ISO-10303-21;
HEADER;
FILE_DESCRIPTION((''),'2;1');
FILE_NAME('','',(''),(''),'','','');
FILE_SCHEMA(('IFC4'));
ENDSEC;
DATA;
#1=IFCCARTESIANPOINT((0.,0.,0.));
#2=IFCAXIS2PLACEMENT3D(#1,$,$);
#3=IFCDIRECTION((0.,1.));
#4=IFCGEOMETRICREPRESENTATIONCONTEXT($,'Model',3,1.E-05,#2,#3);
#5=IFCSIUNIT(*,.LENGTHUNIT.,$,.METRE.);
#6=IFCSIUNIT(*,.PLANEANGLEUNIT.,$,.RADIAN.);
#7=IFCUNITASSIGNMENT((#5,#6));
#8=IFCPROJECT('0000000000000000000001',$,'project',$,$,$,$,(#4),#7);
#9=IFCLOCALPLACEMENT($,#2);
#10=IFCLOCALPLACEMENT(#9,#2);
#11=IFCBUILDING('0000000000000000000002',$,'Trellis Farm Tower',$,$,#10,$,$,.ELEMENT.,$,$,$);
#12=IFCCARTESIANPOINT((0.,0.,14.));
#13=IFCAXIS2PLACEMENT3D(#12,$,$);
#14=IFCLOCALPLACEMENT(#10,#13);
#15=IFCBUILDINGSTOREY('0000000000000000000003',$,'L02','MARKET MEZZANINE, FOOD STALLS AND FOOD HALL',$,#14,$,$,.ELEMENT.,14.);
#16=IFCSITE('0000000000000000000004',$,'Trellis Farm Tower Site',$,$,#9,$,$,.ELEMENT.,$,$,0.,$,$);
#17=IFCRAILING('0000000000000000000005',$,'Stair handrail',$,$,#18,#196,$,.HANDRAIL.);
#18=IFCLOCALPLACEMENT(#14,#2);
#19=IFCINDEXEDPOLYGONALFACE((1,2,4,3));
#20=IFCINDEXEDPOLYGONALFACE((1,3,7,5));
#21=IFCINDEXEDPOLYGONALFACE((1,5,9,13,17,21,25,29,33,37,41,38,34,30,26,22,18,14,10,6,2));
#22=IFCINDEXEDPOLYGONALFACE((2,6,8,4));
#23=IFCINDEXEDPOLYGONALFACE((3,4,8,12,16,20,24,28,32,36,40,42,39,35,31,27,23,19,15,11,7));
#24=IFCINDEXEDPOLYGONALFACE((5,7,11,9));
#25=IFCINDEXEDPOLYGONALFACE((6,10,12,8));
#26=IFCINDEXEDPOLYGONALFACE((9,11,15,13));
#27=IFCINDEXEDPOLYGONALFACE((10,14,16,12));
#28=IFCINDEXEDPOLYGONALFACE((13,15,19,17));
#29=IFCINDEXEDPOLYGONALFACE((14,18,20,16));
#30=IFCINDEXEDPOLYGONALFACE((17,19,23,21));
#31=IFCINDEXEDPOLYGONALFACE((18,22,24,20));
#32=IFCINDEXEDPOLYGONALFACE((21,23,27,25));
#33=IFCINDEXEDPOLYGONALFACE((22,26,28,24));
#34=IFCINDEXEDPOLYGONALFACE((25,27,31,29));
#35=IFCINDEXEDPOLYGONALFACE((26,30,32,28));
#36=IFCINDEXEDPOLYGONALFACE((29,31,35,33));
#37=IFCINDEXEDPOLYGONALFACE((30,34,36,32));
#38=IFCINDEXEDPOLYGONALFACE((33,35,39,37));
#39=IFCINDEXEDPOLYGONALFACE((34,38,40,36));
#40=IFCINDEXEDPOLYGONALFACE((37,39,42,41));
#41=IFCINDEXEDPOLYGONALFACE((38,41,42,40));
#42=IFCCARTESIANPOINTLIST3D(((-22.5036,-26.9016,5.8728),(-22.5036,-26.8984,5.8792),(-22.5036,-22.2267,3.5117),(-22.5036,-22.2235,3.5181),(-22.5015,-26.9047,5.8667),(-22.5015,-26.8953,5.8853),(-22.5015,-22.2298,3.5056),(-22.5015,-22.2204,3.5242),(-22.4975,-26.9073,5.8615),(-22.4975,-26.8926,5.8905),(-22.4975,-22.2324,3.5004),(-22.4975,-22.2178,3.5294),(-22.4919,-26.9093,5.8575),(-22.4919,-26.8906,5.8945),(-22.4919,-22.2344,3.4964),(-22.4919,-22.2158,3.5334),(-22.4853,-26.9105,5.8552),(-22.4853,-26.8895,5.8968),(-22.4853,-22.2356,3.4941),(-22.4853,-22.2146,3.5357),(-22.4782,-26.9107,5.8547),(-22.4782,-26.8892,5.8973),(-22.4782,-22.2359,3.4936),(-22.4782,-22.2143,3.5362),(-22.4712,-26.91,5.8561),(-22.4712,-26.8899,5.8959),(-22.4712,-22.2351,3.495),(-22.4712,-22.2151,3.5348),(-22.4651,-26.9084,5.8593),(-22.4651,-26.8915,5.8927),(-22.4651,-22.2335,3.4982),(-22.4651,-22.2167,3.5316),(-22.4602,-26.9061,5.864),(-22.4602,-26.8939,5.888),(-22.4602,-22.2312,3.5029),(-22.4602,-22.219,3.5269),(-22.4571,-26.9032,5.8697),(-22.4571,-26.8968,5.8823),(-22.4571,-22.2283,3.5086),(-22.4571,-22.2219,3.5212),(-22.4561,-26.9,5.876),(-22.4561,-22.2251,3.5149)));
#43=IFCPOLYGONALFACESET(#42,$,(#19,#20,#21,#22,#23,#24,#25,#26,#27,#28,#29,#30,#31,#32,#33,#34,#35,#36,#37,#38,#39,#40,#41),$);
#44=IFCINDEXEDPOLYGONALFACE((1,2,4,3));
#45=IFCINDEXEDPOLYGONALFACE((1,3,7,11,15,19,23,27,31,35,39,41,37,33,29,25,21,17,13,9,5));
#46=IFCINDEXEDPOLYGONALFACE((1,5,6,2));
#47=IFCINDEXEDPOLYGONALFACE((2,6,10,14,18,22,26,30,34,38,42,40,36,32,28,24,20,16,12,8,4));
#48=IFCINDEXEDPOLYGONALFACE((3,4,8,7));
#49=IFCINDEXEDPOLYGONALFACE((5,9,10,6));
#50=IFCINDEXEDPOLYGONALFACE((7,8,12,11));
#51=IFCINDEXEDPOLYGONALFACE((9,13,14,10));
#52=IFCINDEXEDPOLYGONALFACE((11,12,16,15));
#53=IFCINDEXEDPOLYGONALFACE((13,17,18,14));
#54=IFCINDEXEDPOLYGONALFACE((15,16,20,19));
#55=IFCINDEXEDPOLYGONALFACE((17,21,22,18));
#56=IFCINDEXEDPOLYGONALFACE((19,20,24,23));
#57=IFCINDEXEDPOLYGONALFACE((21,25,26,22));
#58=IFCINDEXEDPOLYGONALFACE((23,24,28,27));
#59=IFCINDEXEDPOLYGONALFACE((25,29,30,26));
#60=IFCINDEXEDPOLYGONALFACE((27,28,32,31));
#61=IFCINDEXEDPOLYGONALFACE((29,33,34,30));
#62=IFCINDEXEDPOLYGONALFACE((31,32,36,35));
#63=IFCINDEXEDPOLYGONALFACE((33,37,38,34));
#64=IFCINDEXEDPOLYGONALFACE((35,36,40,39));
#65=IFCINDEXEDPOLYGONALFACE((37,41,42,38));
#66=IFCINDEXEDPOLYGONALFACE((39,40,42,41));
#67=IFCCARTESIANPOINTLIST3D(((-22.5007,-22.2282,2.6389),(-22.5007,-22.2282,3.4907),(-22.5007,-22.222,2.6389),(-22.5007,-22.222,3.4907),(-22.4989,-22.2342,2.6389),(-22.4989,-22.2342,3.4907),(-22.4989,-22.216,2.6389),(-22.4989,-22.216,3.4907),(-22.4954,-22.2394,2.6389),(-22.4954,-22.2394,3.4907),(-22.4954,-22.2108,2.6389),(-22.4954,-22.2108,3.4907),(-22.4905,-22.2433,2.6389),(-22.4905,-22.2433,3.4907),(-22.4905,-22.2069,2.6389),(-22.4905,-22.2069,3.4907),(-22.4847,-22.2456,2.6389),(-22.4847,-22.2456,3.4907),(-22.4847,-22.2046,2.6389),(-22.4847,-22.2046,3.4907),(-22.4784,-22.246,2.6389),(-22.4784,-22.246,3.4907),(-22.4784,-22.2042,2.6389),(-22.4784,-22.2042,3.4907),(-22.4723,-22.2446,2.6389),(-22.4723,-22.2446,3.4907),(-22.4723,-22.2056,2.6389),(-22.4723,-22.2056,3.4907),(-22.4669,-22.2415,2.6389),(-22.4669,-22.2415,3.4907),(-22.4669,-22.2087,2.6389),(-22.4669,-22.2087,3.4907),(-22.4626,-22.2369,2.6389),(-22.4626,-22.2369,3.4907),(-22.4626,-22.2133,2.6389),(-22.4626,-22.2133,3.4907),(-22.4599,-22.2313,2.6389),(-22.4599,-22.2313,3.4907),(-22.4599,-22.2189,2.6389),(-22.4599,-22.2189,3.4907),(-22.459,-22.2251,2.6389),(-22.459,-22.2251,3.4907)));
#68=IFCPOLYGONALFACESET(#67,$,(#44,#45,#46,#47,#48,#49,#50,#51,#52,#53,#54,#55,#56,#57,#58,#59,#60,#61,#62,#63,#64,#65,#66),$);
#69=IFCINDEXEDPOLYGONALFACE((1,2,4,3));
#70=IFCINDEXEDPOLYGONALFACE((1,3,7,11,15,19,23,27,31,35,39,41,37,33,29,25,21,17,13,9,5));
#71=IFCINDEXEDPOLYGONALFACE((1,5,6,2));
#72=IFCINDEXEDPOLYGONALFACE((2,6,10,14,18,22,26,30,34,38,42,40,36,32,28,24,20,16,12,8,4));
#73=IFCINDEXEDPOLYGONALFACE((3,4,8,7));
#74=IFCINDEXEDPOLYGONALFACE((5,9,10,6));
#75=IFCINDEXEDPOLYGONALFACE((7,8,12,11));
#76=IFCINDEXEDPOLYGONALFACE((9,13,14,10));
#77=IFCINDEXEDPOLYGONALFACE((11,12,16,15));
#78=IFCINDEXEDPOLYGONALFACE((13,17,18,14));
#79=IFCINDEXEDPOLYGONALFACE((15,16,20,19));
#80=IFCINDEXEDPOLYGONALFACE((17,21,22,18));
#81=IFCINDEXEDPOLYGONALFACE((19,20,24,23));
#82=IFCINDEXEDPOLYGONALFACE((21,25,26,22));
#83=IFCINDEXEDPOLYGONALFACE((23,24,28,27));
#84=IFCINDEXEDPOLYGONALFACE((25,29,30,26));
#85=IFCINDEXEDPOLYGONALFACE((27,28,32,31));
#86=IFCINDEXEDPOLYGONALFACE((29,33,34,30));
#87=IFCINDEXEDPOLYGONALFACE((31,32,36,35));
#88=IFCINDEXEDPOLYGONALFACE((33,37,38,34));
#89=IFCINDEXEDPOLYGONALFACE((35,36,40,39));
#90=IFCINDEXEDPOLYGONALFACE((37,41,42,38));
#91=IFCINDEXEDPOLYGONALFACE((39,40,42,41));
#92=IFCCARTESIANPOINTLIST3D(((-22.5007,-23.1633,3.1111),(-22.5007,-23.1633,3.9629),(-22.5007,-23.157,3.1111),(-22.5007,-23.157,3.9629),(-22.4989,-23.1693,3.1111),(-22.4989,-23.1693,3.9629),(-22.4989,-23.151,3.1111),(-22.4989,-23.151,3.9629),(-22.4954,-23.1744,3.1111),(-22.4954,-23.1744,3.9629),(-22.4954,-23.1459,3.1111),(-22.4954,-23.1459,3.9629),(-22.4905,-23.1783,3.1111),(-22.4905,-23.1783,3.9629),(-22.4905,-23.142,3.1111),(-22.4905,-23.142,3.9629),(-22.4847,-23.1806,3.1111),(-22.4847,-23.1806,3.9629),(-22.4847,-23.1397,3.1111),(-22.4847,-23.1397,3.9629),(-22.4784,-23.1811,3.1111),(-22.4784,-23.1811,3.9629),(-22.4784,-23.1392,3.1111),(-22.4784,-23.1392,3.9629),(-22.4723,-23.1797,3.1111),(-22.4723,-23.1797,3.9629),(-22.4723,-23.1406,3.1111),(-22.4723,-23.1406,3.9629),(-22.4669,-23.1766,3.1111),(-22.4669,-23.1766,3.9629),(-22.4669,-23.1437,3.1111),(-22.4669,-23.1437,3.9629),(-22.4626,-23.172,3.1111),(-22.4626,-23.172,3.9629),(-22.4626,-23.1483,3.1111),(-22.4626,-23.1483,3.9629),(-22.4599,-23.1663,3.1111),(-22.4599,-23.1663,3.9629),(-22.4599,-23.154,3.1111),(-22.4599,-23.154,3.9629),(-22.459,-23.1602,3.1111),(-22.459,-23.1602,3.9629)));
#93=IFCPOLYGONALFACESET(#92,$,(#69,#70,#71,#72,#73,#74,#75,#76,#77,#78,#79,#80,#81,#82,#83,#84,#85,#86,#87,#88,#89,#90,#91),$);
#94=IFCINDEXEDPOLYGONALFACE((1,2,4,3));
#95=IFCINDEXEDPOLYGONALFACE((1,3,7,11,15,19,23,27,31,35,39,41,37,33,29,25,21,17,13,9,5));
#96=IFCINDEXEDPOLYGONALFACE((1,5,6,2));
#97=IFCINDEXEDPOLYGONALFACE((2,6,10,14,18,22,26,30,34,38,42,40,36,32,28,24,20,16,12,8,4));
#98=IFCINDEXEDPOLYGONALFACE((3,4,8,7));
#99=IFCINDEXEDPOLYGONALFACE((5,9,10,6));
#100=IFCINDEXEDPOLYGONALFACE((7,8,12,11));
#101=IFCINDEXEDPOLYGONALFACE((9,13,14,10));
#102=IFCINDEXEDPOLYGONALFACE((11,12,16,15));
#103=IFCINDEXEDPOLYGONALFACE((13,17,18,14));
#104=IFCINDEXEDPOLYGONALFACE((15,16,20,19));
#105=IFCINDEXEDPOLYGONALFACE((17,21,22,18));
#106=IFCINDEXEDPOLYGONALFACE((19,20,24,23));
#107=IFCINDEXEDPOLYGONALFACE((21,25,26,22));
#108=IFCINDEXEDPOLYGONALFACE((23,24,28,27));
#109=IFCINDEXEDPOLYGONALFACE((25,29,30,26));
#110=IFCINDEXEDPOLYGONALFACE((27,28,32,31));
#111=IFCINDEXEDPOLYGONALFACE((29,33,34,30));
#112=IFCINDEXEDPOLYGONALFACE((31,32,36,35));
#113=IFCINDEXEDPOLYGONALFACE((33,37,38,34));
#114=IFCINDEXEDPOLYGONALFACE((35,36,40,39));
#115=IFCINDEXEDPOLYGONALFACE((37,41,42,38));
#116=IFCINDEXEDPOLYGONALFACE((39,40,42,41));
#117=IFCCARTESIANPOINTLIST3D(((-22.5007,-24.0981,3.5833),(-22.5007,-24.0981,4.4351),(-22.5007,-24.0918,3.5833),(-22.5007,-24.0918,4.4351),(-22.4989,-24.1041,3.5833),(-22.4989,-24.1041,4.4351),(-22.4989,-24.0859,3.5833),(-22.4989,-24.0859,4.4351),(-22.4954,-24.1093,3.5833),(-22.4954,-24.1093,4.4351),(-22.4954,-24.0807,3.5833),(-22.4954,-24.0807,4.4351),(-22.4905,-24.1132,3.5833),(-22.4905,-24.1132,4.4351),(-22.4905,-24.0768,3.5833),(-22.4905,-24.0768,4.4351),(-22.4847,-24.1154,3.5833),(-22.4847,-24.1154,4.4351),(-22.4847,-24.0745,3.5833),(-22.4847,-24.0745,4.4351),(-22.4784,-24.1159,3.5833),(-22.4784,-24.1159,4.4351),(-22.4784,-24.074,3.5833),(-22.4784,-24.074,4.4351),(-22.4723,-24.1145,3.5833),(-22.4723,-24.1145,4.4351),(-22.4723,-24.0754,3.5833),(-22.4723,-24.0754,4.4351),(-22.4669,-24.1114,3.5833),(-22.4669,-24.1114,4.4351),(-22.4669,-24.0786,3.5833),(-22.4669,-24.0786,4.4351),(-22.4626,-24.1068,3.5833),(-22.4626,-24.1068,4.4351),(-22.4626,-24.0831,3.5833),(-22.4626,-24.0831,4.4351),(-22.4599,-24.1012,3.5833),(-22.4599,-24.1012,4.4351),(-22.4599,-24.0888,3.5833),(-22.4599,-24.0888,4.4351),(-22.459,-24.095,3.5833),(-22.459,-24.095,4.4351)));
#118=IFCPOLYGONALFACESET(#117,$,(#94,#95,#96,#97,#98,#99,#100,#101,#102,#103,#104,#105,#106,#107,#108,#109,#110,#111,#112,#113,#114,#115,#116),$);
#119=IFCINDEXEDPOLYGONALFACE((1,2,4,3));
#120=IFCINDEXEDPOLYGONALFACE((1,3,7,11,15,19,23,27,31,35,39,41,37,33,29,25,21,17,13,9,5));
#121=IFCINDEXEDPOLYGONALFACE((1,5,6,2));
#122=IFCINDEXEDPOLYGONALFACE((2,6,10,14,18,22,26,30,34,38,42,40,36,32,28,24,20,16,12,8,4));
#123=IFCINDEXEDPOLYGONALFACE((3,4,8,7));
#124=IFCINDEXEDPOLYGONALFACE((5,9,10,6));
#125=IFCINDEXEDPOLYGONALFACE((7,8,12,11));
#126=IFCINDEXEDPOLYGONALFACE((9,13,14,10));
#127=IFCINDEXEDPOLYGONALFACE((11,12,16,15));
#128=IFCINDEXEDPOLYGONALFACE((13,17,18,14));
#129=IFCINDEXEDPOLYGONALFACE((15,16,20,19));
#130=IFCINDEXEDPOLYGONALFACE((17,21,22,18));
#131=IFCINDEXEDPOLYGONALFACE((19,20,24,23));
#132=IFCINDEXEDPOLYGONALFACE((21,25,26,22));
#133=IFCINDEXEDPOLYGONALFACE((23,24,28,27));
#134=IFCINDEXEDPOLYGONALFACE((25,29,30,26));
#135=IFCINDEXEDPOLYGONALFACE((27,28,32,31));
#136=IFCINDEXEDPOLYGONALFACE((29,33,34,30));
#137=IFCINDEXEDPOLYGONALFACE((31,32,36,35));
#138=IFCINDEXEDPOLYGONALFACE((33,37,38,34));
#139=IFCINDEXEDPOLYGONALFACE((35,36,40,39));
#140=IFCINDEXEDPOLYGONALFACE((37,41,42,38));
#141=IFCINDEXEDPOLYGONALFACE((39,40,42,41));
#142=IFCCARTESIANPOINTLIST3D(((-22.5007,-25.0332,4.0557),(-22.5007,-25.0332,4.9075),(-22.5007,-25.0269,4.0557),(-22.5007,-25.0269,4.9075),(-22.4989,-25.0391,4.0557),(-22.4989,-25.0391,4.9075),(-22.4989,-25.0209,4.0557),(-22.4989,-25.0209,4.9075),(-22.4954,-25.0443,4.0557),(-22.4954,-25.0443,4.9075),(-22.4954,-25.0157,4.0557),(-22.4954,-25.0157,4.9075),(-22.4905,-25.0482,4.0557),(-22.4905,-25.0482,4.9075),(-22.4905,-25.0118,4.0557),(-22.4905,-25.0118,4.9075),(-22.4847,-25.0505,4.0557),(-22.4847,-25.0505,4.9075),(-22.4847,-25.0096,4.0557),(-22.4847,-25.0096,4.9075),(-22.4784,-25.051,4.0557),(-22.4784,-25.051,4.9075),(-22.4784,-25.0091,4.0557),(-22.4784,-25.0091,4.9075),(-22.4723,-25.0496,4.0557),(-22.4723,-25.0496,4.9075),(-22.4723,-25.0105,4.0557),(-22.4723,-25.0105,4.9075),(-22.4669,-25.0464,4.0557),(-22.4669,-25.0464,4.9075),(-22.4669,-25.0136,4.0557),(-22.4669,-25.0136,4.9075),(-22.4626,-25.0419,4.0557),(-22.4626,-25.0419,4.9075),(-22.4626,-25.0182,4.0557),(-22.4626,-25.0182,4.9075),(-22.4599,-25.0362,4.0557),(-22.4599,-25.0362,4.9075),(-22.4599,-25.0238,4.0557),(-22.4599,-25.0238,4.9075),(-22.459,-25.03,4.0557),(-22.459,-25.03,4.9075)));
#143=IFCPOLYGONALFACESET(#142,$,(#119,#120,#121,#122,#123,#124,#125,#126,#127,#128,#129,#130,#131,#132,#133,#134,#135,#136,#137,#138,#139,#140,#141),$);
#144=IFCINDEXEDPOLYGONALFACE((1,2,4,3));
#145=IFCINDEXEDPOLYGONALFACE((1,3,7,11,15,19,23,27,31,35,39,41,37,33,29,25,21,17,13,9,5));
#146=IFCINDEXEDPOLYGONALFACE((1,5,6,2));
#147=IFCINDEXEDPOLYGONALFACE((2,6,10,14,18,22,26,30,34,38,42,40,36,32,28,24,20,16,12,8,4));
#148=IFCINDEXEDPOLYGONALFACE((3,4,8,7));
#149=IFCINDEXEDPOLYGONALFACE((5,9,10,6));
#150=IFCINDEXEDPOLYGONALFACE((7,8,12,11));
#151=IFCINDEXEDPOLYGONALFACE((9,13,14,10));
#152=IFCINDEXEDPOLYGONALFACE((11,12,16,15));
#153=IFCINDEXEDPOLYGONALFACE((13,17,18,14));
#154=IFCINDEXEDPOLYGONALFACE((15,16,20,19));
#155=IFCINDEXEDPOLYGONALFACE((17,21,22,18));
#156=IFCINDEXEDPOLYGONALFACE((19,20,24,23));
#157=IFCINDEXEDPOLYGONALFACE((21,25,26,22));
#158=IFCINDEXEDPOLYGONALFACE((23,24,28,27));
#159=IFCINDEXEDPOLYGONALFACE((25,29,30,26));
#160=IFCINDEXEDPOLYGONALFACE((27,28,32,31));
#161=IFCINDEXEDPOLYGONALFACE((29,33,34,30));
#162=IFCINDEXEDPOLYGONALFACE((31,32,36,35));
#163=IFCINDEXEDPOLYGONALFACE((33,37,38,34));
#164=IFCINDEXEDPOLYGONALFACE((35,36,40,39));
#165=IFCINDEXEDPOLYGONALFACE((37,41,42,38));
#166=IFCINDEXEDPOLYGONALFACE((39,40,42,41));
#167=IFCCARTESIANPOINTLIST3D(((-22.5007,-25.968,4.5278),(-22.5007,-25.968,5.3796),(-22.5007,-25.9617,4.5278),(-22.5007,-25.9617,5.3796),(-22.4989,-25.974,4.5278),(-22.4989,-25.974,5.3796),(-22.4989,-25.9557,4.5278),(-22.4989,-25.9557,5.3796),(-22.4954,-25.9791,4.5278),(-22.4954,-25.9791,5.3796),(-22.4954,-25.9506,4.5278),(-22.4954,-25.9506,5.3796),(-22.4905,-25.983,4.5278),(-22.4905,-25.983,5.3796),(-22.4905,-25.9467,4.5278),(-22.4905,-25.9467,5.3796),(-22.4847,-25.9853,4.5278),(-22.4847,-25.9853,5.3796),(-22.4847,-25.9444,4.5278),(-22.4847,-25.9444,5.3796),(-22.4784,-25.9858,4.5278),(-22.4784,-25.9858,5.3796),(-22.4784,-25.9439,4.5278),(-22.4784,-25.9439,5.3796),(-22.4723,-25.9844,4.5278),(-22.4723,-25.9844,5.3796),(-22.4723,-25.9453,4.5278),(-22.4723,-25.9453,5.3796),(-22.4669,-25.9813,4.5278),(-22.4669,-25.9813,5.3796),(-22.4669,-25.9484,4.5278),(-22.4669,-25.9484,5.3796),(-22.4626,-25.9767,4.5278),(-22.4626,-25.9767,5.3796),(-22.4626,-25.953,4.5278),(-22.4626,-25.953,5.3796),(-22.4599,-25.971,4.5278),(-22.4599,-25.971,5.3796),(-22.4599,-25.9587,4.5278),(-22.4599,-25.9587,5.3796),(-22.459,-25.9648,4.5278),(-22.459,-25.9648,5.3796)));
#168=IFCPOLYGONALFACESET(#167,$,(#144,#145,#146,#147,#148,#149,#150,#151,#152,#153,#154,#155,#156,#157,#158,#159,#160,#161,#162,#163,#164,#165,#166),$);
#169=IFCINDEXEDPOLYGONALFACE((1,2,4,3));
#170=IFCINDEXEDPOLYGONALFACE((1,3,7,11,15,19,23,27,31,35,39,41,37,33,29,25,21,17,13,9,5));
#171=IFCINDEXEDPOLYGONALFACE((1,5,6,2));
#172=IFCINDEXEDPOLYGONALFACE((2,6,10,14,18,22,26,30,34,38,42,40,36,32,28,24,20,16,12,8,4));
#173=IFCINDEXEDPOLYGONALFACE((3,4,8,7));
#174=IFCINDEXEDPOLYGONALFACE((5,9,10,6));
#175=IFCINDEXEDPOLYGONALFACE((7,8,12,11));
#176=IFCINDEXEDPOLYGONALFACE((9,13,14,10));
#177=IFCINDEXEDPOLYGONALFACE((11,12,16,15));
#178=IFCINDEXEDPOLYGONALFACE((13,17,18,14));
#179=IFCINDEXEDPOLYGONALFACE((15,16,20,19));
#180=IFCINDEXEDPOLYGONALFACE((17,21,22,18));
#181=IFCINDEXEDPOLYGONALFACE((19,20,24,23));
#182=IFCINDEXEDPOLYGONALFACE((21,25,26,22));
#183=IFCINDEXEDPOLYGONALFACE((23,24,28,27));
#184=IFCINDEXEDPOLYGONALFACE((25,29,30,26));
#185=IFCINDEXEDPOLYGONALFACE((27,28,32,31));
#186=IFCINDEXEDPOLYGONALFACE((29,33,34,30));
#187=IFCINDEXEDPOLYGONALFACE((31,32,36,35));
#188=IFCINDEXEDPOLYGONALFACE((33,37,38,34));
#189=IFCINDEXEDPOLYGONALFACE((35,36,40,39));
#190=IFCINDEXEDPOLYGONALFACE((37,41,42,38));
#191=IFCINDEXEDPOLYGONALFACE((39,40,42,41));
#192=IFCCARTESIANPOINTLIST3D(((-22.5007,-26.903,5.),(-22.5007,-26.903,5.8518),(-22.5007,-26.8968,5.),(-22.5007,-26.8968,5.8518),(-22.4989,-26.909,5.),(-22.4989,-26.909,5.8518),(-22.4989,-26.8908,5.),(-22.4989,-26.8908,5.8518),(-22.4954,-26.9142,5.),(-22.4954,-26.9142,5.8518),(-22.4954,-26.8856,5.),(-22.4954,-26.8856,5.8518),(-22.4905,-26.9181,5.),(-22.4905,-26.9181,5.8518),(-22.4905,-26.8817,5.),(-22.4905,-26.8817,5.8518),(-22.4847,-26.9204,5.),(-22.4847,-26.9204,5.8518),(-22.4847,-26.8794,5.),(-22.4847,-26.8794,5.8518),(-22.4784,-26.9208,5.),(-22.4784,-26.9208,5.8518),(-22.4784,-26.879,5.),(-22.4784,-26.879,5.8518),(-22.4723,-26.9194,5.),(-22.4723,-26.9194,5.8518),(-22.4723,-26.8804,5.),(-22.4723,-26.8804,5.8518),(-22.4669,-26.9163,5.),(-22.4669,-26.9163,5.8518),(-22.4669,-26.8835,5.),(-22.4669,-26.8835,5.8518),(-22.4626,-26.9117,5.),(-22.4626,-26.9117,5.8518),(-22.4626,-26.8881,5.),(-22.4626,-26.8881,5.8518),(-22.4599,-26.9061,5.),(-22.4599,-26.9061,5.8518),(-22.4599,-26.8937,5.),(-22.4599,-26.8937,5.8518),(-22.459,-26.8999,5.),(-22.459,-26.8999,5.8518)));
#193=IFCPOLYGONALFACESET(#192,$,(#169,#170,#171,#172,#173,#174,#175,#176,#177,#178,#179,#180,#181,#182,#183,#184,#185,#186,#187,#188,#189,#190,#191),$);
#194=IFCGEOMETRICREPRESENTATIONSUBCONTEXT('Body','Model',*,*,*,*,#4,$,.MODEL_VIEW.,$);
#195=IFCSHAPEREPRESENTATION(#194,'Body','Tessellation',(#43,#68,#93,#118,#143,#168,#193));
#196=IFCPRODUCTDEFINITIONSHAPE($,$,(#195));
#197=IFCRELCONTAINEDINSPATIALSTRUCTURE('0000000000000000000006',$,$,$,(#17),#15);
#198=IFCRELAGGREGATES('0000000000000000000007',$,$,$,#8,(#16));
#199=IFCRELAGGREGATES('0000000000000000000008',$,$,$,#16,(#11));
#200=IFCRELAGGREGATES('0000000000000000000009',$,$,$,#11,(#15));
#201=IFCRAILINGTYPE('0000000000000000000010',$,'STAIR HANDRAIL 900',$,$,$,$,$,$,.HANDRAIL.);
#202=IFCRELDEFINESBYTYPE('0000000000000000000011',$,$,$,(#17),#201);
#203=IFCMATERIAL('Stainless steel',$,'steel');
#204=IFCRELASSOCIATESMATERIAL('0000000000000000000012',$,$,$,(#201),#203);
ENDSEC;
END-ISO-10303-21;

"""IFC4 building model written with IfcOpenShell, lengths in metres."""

from ifc_helpers import new_model, si_unit, direction, frame, origin, origin_2d, place, context, subcontext, project, spatial, circle, extrude, source, transform, mapped, material, type_object, element, save


model = new_model("IFC4")

# Units and contexts
model_context = context("Model", 3, precision=1e-05, world=origin(), true_north=direction((0.0, 1.0)))
body_context = subcontext(model_context, "Body", "Model", "MODEL_VIEW")
ifc_project = project(units=[si_unit("LENGTHUNIT", "METRE"), si_unit("PLANEANGLEUNIT", "RADIAN")], contexts=[model_context])

# Site, building, storey
site_placement = place(None, origin())
site = spatial("IfcSite", under=ifc_project, at=site_placement, Name="Trellis Farm Tower Site", CompositionType="ELEMENT", RefElevation=0.0)
building_placement = place(site_placement, origin())
building = spatial("IfcBuilding", under=site, at=building_placement, Name="Trellis Farm Tower", CompositionType="ELEMENT")
storey_placement = place(building_placement, frame((0.0, 0.0, 14.0)))
storey = spatial("IfcBuildingStorey", under=building, at=storey_placement, Name="L02", Description="MARKET MEZZANINE, FOOD STALLS AND FOOD HALL", CompositionType="ELEMENT", Elevation=14.0)

# Railing
ifc_material_1 = material(Name="Stainless steel", Category="steel")
railing_type = type_object("IfcRailingType", Name="STAIR HANDRAIL 900", PredefinedType="HANDRAIL", material=ifc_material_1)
shared_shape_1 = source(origin(), body_context, "Body", "SweptSolid", [
    extrude(circle(Radius=0.0239, at=origin_2d()), frame((0.0, 0.0, 0.876), z_axis=(0.0, -0.892611, 0.450827), x_axis=(1.0, 0.0, 0.0)), (0.0, 0.0, 1.0), 5.2373),
    extrude(circle(Radius=0.021, at=origin_2d()), origin(), (0.0, 0.0, 1.0), 0.8518),
    extrude(circle(Radius=0.021, at=origin_2d()), frame((0.0, -0.9351, 0.4722)), (0.0, 0.0, 1.0), 0.8518),
    extrude(circle(Radius=0.021, at=origin_2d()), frame((0.0, -1.8699, 0.9443)), (0.0, 0.0, 1.0), 0.8518),
    extrude(circle(Radius=0.021, at=origin_2d()), frame((0.0, -2.8049, 1.4167)), (0.0, 0.0, 1.0), 0.8518),
    extrude(circle(Radius=0.021, at=origin_2d()), frame((0.0, -3.7397, 1.8889)), (0.0, 0.0, 1.0), 0.8518),
    extrude(circle(Radius=0.021, at=origin_2d()), frame((0.0, -4.6748, 2.3611)), (0.0, 0.0, 1.0), 0.8518),
])
for number, where, name in (
    (1, (-22.48, -22.2251, 2.6389), "Stair handrail"),
):
    element("IfcRailing", number, at=place(storey_placement, frame(where)), inside=storey, type_object=railing_type, Name=name, PredefinedType="HANDRAIL", context=body_context, shape_type="MappedRepresentation", body=[
        mapped(shared_shape_1, transform((0.0, 0.0, 0.0))),
    ])

save(model, "model.ifc")
